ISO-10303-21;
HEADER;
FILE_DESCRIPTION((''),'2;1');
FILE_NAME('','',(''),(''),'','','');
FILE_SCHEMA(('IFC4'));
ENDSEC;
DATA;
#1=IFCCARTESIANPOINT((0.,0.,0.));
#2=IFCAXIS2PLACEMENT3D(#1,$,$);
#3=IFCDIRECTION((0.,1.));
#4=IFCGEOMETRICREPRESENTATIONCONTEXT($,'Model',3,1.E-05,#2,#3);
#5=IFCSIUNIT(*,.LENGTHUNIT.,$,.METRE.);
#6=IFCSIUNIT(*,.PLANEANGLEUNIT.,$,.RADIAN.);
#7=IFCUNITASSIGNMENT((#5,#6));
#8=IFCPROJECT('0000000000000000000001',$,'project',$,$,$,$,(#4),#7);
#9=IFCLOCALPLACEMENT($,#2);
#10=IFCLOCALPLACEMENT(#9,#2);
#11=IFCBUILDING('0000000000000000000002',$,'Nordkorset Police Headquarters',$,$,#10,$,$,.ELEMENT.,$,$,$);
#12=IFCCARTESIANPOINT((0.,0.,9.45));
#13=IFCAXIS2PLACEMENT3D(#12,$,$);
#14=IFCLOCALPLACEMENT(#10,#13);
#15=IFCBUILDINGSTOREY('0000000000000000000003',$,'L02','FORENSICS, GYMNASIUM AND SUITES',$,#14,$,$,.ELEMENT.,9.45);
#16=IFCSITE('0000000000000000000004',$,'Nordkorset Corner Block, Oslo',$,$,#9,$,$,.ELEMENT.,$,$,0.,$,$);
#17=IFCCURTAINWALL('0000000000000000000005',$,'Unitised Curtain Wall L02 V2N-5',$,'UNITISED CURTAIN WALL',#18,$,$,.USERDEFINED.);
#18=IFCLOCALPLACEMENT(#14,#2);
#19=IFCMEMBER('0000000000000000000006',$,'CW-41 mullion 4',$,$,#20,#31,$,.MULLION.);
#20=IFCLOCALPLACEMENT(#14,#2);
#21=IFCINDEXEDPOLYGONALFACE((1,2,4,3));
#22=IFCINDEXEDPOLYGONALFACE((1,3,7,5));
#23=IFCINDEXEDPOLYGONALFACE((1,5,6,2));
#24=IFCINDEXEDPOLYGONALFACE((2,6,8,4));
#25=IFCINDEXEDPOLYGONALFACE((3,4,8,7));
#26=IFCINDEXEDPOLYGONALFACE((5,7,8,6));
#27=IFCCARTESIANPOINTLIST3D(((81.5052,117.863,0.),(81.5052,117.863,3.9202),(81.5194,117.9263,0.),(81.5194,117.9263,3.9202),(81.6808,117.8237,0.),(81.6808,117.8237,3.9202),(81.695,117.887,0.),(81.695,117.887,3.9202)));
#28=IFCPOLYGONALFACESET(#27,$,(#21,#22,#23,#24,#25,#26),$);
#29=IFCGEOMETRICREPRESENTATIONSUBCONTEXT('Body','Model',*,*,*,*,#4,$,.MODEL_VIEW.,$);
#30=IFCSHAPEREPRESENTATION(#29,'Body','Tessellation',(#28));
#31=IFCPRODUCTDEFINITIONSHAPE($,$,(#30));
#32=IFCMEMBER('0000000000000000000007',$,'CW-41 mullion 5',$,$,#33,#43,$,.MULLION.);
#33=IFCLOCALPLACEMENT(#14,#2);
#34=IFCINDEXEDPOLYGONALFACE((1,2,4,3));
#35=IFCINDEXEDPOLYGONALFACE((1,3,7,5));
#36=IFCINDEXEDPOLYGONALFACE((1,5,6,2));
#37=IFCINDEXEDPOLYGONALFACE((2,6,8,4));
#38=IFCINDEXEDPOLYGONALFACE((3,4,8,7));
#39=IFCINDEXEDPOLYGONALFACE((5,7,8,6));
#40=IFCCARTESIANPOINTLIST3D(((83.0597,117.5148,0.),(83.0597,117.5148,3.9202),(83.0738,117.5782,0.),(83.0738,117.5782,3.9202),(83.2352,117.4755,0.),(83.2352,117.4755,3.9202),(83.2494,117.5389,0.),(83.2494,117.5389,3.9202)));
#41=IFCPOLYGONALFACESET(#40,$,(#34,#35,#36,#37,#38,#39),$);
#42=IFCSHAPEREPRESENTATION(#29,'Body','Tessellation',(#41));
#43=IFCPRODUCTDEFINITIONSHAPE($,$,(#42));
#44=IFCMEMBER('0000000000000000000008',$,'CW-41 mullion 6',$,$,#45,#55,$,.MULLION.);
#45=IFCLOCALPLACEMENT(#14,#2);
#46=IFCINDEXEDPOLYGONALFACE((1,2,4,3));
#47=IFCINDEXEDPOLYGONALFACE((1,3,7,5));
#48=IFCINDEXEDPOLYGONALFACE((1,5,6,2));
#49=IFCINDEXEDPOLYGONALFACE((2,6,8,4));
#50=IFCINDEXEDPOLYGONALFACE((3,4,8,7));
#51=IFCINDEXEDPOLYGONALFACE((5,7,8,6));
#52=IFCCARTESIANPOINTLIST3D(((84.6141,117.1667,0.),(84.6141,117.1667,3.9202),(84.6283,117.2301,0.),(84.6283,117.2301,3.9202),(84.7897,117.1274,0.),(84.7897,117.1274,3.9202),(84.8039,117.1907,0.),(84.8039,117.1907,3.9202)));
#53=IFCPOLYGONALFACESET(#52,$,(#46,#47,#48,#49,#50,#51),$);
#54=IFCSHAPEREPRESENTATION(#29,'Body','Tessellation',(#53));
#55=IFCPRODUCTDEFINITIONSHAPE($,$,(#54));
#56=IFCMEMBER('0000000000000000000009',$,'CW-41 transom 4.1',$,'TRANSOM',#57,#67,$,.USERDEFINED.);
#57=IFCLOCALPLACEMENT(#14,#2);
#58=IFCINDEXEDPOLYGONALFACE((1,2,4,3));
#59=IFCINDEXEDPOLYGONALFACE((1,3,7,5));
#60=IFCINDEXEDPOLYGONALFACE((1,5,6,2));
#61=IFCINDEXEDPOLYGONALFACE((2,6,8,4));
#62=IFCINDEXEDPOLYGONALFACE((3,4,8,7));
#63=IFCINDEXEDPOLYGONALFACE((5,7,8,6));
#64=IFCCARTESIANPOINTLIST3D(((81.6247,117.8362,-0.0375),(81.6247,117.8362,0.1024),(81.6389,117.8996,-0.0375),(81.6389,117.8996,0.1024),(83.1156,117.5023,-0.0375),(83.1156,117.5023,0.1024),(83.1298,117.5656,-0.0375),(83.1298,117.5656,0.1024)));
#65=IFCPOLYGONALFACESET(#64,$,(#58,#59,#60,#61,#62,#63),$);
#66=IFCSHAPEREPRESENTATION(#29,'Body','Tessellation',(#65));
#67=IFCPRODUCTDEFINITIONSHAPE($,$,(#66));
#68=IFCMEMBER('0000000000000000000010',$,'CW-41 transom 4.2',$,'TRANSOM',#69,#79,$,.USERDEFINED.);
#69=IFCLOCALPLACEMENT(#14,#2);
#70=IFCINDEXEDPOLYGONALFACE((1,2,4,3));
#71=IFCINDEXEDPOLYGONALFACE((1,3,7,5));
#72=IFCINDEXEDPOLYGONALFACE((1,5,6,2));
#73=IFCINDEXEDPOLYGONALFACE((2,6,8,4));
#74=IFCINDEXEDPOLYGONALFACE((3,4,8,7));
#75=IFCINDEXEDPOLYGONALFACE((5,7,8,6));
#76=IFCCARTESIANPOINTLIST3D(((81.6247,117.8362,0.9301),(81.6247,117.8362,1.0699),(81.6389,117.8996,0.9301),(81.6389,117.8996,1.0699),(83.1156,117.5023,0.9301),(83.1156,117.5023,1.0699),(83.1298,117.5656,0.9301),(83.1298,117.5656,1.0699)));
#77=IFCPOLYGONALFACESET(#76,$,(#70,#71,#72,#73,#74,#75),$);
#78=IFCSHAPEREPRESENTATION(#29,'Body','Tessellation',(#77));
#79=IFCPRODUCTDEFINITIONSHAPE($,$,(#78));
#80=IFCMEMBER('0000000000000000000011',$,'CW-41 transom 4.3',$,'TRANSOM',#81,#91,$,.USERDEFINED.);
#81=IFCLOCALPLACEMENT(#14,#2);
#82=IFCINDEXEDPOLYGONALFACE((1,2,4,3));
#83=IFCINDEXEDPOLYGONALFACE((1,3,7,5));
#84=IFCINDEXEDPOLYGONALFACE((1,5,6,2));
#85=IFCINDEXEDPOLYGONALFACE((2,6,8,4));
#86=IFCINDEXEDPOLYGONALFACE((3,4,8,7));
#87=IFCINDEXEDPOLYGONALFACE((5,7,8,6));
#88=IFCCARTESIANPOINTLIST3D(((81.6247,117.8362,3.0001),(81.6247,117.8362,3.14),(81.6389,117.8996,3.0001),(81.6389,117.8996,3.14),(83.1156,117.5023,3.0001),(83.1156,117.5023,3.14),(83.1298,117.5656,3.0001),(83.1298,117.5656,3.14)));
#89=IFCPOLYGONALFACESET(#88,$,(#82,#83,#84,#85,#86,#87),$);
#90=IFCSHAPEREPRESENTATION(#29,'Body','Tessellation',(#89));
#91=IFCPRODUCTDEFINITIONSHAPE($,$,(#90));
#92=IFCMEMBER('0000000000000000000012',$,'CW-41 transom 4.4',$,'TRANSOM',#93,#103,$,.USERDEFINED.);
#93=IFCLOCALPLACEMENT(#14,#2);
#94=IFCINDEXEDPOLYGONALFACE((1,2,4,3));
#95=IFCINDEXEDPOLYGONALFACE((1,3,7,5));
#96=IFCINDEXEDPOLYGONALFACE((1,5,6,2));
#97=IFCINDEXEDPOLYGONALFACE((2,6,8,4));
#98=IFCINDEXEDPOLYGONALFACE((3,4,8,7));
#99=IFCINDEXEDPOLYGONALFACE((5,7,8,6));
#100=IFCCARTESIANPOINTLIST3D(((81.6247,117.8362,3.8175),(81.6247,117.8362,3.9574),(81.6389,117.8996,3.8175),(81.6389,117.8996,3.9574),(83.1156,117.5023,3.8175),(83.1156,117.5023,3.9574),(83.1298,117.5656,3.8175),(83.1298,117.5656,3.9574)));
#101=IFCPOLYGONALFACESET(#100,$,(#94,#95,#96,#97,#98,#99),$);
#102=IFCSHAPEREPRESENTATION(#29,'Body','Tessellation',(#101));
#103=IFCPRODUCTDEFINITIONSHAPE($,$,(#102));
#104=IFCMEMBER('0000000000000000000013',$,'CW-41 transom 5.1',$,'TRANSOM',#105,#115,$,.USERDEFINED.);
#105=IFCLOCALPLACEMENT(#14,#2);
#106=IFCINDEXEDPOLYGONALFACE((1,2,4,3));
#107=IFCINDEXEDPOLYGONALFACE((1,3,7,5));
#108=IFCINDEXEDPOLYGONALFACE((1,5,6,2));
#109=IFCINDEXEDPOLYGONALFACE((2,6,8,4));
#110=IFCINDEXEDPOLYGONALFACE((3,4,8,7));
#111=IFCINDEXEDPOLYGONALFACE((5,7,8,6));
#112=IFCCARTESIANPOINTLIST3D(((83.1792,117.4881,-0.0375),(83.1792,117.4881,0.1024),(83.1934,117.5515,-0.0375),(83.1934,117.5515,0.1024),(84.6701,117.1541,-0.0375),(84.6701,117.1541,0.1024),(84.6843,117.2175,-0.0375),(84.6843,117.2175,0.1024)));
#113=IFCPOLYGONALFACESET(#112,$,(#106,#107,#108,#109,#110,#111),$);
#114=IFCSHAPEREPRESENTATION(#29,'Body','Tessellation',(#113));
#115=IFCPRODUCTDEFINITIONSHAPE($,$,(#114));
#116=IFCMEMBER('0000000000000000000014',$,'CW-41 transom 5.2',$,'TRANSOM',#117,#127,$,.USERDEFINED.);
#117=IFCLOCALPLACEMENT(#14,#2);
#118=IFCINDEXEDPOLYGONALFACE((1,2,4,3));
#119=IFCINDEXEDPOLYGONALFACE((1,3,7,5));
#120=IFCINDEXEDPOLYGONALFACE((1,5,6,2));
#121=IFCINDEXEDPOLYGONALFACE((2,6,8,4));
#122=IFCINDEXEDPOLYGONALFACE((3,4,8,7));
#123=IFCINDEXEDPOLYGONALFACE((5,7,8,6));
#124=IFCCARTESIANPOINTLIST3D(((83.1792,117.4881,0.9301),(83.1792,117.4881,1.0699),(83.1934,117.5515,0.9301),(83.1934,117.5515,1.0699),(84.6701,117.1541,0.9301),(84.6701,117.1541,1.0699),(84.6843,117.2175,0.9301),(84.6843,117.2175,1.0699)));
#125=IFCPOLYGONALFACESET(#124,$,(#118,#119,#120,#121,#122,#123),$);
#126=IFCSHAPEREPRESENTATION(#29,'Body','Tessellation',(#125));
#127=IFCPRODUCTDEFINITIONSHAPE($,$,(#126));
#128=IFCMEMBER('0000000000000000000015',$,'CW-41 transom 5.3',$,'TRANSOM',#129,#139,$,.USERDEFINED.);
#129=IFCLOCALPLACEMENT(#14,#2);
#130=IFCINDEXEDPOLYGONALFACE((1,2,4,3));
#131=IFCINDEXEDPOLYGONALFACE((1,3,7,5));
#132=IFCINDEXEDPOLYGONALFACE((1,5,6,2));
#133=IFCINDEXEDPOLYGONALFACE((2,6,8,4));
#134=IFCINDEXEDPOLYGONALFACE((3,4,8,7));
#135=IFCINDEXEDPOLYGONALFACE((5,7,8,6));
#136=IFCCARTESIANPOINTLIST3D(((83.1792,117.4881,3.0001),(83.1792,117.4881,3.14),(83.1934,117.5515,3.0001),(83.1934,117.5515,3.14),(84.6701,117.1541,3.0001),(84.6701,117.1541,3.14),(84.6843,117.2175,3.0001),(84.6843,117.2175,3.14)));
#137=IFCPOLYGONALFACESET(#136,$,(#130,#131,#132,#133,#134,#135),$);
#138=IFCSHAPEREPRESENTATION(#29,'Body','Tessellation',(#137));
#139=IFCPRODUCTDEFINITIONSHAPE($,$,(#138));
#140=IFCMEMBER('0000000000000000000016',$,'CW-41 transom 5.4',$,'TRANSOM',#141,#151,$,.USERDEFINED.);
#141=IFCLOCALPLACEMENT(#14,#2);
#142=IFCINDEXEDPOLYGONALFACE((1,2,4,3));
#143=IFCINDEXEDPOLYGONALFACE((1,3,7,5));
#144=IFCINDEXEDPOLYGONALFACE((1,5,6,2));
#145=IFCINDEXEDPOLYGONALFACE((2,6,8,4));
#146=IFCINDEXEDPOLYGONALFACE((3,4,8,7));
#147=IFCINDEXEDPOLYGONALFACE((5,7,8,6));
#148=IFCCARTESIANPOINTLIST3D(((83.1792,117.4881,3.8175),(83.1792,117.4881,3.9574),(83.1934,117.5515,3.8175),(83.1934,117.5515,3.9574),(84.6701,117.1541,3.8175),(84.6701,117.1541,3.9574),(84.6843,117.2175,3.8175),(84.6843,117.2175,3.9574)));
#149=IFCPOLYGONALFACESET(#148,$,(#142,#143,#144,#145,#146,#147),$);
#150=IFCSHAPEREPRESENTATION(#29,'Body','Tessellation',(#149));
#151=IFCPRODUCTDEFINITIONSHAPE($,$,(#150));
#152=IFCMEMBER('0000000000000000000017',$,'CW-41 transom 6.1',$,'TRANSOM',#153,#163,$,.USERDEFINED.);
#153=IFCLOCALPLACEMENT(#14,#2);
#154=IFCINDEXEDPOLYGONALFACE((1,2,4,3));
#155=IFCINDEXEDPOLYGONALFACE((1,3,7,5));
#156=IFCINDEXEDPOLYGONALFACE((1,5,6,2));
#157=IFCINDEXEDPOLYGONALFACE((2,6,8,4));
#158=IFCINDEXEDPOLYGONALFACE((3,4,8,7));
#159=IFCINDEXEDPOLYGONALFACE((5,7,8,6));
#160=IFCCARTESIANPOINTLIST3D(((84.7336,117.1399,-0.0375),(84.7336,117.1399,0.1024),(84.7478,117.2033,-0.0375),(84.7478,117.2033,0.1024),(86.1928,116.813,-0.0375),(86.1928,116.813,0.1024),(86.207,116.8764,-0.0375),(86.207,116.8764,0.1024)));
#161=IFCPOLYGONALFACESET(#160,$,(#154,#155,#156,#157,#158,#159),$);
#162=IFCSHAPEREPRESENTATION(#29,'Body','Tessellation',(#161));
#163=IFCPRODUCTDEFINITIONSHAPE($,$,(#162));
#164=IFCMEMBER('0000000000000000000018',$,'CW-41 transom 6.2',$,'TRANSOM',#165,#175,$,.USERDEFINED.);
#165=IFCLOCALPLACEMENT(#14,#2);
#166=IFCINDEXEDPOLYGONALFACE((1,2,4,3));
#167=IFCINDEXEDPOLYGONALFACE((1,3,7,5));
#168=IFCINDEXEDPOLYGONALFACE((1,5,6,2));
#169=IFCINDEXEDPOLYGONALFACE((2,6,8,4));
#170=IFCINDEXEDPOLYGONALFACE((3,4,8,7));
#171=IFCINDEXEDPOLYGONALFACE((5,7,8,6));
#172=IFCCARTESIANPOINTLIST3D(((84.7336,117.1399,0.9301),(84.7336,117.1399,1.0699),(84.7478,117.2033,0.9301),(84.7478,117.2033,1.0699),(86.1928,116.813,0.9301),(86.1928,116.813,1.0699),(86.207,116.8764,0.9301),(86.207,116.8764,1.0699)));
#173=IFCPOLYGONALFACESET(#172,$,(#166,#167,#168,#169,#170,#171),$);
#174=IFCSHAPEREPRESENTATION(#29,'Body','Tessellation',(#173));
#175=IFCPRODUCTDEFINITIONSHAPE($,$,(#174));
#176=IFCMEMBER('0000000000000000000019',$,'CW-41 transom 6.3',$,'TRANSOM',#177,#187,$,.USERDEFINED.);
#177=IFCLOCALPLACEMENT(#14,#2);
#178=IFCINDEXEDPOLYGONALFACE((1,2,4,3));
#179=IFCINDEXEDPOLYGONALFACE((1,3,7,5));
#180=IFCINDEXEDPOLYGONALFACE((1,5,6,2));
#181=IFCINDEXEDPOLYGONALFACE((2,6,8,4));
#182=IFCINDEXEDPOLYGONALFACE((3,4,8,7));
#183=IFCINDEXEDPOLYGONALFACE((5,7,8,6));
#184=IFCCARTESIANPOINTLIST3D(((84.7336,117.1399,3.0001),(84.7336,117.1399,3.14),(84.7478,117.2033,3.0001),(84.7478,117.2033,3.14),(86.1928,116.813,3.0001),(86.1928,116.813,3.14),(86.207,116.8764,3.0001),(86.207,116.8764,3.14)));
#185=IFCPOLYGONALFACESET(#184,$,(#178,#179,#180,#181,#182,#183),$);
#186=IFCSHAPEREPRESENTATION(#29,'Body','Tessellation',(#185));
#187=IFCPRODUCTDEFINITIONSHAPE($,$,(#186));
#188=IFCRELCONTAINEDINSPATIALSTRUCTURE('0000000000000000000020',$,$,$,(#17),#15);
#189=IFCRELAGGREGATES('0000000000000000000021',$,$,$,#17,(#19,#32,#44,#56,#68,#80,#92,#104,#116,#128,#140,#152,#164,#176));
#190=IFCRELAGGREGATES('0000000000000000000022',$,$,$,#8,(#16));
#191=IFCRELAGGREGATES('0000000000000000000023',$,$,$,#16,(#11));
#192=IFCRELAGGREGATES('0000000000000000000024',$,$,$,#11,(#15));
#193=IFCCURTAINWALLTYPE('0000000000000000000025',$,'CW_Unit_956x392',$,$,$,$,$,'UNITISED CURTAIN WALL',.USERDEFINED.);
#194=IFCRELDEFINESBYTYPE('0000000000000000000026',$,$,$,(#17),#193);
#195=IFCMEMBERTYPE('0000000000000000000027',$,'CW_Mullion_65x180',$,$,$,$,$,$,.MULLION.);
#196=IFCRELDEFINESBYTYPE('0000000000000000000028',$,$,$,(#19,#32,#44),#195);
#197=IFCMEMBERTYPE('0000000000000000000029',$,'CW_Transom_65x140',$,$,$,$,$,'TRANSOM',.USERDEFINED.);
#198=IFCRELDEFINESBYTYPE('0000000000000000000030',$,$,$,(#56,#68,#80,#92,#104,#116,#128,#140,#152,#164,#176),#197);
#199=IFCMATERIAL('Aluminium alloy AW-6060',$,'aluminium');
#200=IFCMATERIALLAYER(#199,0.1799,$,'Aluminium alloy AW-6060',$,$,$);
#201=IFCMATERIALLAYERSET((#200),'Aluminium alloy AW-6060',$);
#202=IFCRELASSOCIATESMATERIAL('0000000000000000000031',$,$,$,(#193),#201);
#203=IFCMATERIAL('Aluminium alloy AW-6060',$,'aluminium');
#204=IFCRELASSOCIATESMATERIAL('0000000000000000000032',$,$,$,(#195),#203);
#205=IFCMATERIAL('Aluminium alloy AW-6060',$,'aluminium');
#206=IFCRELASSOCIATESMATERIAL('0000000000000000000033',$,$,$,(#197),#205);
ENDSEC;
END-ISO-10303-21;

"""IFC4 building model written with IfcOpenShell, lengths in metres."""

from ifc_helpers import new_model, si_unit, direction, frame, origin, origin_2d, place, context, subcontext, project, spatial, rectangle, extrude, material, layer, layer_set, material_profile, profile_set, type_object, element, aggregate, save


model = new_model("IFC4")

# Units and contexts
model_context = context("Model", 3, precision=1e-05, world=origin(), true_north=direction((0.0, 1.0)))
body_context = subcontext(model_context, "Body", "Model", "MODEL_VIEW")
ifc_project = project(units=[si_unit("LENGTHUNIT", "METRE"), si_unit("PLANEANGLEUNIT", "RADIAN")], contexts=[model_context])

# Site, building, storey
site_placement = place(None, origin())
site = spatial("IfcSite", under=ifc_project, at=site_placement, Name="Nordkorset Corner Block, Oslo", CompositionType="ELEMENT", RefElevation=0.0)
building_placement = place(site_placement, origin())
building = spatial("IfcBuilding", under=site, at=building_placement, Name="Nordkorset Police Headquarters", CompositionType="ELEMENT")
storey_placement = place(building_placement, frame((0.0, 0.0, 9.45)))
storey = spatial("IfcBuildingStorey", under=building, at=storey_placement, Name="L02", Description="FORENSICS, GYMNASIUM AND SUITES", CompositionType="ELEMENT", Elevation=9.45)

# Curtain wall, members
ifc_material_1 = material(Name="Aluminium alloy AW-6060", Category="aluminium")
ifc_layer_1 = layer(ifc_material_1, 0.1799, Name="Aluminium alloy AW-6060")
ifc_layer_set_1 = layer_set([ifc_layer_1], Name="Aluminium alloy AW-6060")
curtain_wall_type = type_object("IfcCurtainWallType", Name="CW_Unit_956x392", ElementType="UNITISED CURTAIN WALL", PredefinedType="USERDEFINED", material=ifc_layer_set_1)
curtain_wall_placement = place(storey_placement, origin())
curtain_wall = element("IfcCurtainWall", 1, at=curtain_wall_placement, inside=storey, type_object=curtain_wall_type, Name="Unitised Curtain Wall L02 V2N-5", ObjectType="UNITISED CURTAIN WALL", PredefinedType="USERDEFINED")
ifc_material_2 = material(Name="Aluminium alloy AW-6060", Category="aluminium")
ifc_material_profile_1 = material_profile(ifc_material_2, rectangle(XDim=0.0649, YDim=0.1799, at=origin_2d()), Name="ALU MULL 65x180")
ifc_profile_set_1 = profile_set([ifc_material_profile_1], Name="Aluminium alloy AW-6060")
member_type_1 = type_object("IfcMemberType", Name="CW_Mullion_65x180", PredefinedType="MULLION", material=ifc_profile_set_1)
member_1_placement = place(storey_placement, frame((81.6001, 117.875, 0.0), z_axis=(0.0, 0.0, 1.0), x_axis=(0.218544, 0.975827, 0.0)))
member_1 = element("IfcMember", 2, at=member_1_placement, type_object=member_type_1, Name="CW-41 mullion 4", PredefinedType="MULLION", context=body_context, shape_type="SweptSolid", body=[
    extrude(rectangle(XDim=0.0649, YDim=0.1799, at=origin_2d()), origin(), (0.0, 0.0, 1.0), 3.9202),
])
member_2_placement = place(storey_placement, frame((83.1545, 117.5269, 0.0), z_axis=(0.0, 0.0, 1.0), x_axis=(0.218544, 0.975827, 0.0)))
member_2 = element("IfcMember", 3, at=member_2_placement, type_object=member_type_1, Name="CW-41 mullion 5", PredefinedType="MULLION", context=body_context, shape_type="SweptSolid", body=[
    extrude(rectangle(XDim=0.0649, YDim=0.1799, at=origin_2d()), origin(), (0.0, 0.0, 1.0), 3.9202),
])
member_3_placement = place(storey_placement, frame((84.709, 117.1787, 0.0), z_axis=(0.0, 0.0, 1.0), x_axis=(0.218544, 0.975827, 0.0)))
member_3 = element("IfcMember", 4, at=member_3_placement, type_object=member_type_1, Name="CW-41 mullion 6", PredefinedType="MULLION", context=body_context, shape_type="SweptSolid", body=[
    extrude(rectangle(XDim=0.0649, YDim=0.1799, at=origin_2d()), origin(), (0.0, 0.0, 1.0), 3.9202),
])
ifc_material_3 = material(Name="Aluminium alloy AW-6060", Category="aluminium")
ifc_material_profile_2 = material_profile(ifc_material_3, rectangle(XDim=0.0649, YDim=0.1399, at=origin_2d()), Name="ALU TRAN 65x140")
ifc_profile_set_2 = profile_set([ifc_material_profile_2], Name="Aluminium alloy AW-6060")
member_type_2 = type_object("IfcMemberType", Name="CW_Transom_65x140", ElementType="TRANSOM", PredefinedType="USERDEFINED", material=ifc_profile_set_2)
member_4_placement = place(storey_placement, frame((81.6318, 117.8679, 0.0325), z_axis=(0.975817, -0.218588, 0.0), x_axis=(0.218588, 0.975817, 0.0)))
member_4 = element("IfcMember", 5, at=member_4_placement, type_object=member_type_2, Name="CW-41 transom 4.1", ObjectType="TRANSOM", PredefinedType="USERDEFINED", context=body_context, shape_type="SweptSolid", body=[
    extrude(rectangle(XDim=0.0649, YDim=0.1399, at=origin_2d()), origin(), (0.0, 0.0, 1.0), 1.5278),
])
member_5_placement = place(storey_placement, frame((81.6318, 117.8679, 1.0), z_axis=(0.975817, -0.218588, 0.0), x_axis=(0.218588, 0.975817, 0.0)))
member_5 = element("IfcMember", 6, at=member_5_placement, type_object=member_type_2, Name="CW-41 transom 4.2", ObjectType="TRANSOM", PredefinedType="USERDEFINED", context=body_context, shape_type="SweptSolid", body=[
    extrude(rectangle(XDim=0.0649, YDim=0.1399, at=origin_2d()), origin(), (0.0, 0.0, 1.0), 1.5278),
])
member_6_placement = place(storey_placement, frame((81.6318, 117.8679, 3.0701), z_axis=(0.975817, -0.218588, 0.0), x_axis=(0.218588, 0.975817, 0.0)))
member_6 = element("IfcMember", 7, at=member_6_placement, type_object=member_type_2, Name="CW-41 transom 4.3", ObjectType="TRANSOM", PredefinedType="USERDEFINED", context=body_context, shape_type="SweptSolid", body=[
    extrude(rectangle(XDim=0.0649, YDim=0.1399, at=origin_2d()), origin(), (0.0, 0.0, 1.0), 1.5278),
])
member_7_placement = place(storey_placement, frame((81.6318, 117.8679, 3.8875), z_axis=(0.975817, -0.218588, 0.0), x_axis=(0.218588, 0.975817, 0.0)))
member_7 = element("IfcMember", 8, at=member_7_placement, type_object=member_type_2, Name="CW-41 transom 4.4", ObjectType="TRANSOM", PredefinedType="USERDEFINED", context=body_context, shape_type="SweptSolid", body=[
    extrude(rectangle(XDim=0.0649, YDim=0.1399, at=origin_2d()), origin(), (0.0, 0.0, 1.0), 1.5278),
])
member_8_placement = place(storey_placement, frame((83.1863, 117.5198, 0.0325), z_axis=(0.975817, -0.218588, 0.0), x_axis=(0.218588, 0.975817, 0.0)))
member_8 = element("IfcMember", 9, at=member_8_placement, type_object=member_type_2, Name="CW-41 transom 5.1", ObjectType="TRANSOM", PredefinedType="USERDEFINED", context=body_context, shape_type="SweptSolid", body=[
    extrude(rectangle(XDim=0.0649, YDim=0.1399, at=origin_2d()), origin(), (0.0, 0.0, 1.0), 1.5278),
])
member_9_placement = place(storey_placement, frame((83.1863, 117.5198, 1.0), z_axis=(0.975817, -0.218588, 0.0), x_axis=(0.218588, 0.975817, 0.0)))
member_9 = element("IfcMember", 10, at=member_9_placement, type_object=member_type_2, Name="CW-41 transom 5.2", ObjectType="TRANSOM", PredefinedType="USERDEFINED", context=body_context, shape_type="SweptSolid", body=[
    extrude(rectangle(XDim=0.0649, YDim=0.1399, at=origin_2d()), origin(), (0.0, 0.0, 1.0), 1.5278),
])
member_10_placement = place(storey_placement, frame((83.1863, 117.5198, 3.0701), z_axis=(0.975817, -0.218588, 0.0), x_axis=(0.218588, 0.975817, 0.0)))
member_10 = element("IfcMember", 11, at=member_10_placement, type_object=member_type_2, Name="CW-41 transom 5.3", ObjectType="TRANSOM", PredefinedType="USERDEFINED", context=body_context, shape_type="SweptSolid", body=[
    extrude(rectangle(XDim=0.0649, YDim=0.1399, at=origin_2d()), origin(), (0.0, 0.0, 1.0), 1.5278),
])
member_11_placement = place(storey_placement, frame((83.1863, 117.5198, 3.8875), z_axis=(0.975817, -0.218588, 0.0), x_axis=(0.218588, 0.975817, 0.0)))
member_11 = element("IfcMember", 12, at=member_11_placement, type_object=member_type_2, Name="CW-41 transom 5.4", ObjectType="TRANSOM", PredefinedType="USERDEFINED", context=body_context, shape_type="SweptSolid", body=[
    extrude(rectangle(XDim=0.0649, YDim=0.1399, at=origin_2d()), origin(), (0.0, 0.0, 1.0), 1.5278),
])
member_12_placement = place(storey_placement, frame((84.7407, 117.1716, 0.0325), z_axis=(0.975813, -0.218607, 0.0), x_axis=(0.218607, 0.975813, 0.0)))
member_12 = element("IfcMember", 13, at=member_12_placement, type_object=member_type_2, Name="CW-41 transom 6.1", ObjectType="TRANSOM", PredefinedType="USERDEFINED", context=body_context, shape_type="SweptSolid", body=[
    extrude(rectangle(XDim=0.0649, YDim=0.1399, at=origin_2d()), origin(), (0.0, 0.0, 1.0), 1.4954),
])
member_13_placement = place(storey_placement, frame((84.7407, 117.1716, 1.0), z_axis=(0.975813, -0.218607, 0.0), x_axis=(0.218607, 0.975813, 0.0)))
member_13 = element("IfcMember", 14, at=member_13_placement, type_object=member_type_2, Name="CW-41 transom 6.2", ObjectType="TRANSOM", PredefinedType="USERDEFINED", context=body_context, shape_type="SweptSolid", body=[
    extrude(rectangle(XDim=0.0649, YDim=0.1399, at=origin_2d()), origin(), (0.0, 0.0, 1.0), 1.4954),
])
member_14_placement = place(storey_placement, frame((84.7407, 117.1716, 3.0701), z_axis=(0.975813, -0.218607, 0.0), x_axis=(0.218607, 0.975813, 0.0)))
member_14 = element("IfcMember", 15, at=member_14_placement, type_object=member_type_2, Name="CW-41 transom 6.3", ObjectType="TRANSOM", PredefinedType="USERDEFINED", context=body_context, shape_type="SweptSolid", body=[
    extrude(rectangle(XDim=0.0649, YDim=0.1399, at=origin_2d()), origin(), (0.0, 0.0, 1.0), 1.4954),
])
aggregate(curtain_wall, [member_1, member_2, member_3, member_4, member_5, member_6, member_7, member_8, member_9, member_10, member_11, member_12, member_13, member_14])

save(model, "model.ifc")
